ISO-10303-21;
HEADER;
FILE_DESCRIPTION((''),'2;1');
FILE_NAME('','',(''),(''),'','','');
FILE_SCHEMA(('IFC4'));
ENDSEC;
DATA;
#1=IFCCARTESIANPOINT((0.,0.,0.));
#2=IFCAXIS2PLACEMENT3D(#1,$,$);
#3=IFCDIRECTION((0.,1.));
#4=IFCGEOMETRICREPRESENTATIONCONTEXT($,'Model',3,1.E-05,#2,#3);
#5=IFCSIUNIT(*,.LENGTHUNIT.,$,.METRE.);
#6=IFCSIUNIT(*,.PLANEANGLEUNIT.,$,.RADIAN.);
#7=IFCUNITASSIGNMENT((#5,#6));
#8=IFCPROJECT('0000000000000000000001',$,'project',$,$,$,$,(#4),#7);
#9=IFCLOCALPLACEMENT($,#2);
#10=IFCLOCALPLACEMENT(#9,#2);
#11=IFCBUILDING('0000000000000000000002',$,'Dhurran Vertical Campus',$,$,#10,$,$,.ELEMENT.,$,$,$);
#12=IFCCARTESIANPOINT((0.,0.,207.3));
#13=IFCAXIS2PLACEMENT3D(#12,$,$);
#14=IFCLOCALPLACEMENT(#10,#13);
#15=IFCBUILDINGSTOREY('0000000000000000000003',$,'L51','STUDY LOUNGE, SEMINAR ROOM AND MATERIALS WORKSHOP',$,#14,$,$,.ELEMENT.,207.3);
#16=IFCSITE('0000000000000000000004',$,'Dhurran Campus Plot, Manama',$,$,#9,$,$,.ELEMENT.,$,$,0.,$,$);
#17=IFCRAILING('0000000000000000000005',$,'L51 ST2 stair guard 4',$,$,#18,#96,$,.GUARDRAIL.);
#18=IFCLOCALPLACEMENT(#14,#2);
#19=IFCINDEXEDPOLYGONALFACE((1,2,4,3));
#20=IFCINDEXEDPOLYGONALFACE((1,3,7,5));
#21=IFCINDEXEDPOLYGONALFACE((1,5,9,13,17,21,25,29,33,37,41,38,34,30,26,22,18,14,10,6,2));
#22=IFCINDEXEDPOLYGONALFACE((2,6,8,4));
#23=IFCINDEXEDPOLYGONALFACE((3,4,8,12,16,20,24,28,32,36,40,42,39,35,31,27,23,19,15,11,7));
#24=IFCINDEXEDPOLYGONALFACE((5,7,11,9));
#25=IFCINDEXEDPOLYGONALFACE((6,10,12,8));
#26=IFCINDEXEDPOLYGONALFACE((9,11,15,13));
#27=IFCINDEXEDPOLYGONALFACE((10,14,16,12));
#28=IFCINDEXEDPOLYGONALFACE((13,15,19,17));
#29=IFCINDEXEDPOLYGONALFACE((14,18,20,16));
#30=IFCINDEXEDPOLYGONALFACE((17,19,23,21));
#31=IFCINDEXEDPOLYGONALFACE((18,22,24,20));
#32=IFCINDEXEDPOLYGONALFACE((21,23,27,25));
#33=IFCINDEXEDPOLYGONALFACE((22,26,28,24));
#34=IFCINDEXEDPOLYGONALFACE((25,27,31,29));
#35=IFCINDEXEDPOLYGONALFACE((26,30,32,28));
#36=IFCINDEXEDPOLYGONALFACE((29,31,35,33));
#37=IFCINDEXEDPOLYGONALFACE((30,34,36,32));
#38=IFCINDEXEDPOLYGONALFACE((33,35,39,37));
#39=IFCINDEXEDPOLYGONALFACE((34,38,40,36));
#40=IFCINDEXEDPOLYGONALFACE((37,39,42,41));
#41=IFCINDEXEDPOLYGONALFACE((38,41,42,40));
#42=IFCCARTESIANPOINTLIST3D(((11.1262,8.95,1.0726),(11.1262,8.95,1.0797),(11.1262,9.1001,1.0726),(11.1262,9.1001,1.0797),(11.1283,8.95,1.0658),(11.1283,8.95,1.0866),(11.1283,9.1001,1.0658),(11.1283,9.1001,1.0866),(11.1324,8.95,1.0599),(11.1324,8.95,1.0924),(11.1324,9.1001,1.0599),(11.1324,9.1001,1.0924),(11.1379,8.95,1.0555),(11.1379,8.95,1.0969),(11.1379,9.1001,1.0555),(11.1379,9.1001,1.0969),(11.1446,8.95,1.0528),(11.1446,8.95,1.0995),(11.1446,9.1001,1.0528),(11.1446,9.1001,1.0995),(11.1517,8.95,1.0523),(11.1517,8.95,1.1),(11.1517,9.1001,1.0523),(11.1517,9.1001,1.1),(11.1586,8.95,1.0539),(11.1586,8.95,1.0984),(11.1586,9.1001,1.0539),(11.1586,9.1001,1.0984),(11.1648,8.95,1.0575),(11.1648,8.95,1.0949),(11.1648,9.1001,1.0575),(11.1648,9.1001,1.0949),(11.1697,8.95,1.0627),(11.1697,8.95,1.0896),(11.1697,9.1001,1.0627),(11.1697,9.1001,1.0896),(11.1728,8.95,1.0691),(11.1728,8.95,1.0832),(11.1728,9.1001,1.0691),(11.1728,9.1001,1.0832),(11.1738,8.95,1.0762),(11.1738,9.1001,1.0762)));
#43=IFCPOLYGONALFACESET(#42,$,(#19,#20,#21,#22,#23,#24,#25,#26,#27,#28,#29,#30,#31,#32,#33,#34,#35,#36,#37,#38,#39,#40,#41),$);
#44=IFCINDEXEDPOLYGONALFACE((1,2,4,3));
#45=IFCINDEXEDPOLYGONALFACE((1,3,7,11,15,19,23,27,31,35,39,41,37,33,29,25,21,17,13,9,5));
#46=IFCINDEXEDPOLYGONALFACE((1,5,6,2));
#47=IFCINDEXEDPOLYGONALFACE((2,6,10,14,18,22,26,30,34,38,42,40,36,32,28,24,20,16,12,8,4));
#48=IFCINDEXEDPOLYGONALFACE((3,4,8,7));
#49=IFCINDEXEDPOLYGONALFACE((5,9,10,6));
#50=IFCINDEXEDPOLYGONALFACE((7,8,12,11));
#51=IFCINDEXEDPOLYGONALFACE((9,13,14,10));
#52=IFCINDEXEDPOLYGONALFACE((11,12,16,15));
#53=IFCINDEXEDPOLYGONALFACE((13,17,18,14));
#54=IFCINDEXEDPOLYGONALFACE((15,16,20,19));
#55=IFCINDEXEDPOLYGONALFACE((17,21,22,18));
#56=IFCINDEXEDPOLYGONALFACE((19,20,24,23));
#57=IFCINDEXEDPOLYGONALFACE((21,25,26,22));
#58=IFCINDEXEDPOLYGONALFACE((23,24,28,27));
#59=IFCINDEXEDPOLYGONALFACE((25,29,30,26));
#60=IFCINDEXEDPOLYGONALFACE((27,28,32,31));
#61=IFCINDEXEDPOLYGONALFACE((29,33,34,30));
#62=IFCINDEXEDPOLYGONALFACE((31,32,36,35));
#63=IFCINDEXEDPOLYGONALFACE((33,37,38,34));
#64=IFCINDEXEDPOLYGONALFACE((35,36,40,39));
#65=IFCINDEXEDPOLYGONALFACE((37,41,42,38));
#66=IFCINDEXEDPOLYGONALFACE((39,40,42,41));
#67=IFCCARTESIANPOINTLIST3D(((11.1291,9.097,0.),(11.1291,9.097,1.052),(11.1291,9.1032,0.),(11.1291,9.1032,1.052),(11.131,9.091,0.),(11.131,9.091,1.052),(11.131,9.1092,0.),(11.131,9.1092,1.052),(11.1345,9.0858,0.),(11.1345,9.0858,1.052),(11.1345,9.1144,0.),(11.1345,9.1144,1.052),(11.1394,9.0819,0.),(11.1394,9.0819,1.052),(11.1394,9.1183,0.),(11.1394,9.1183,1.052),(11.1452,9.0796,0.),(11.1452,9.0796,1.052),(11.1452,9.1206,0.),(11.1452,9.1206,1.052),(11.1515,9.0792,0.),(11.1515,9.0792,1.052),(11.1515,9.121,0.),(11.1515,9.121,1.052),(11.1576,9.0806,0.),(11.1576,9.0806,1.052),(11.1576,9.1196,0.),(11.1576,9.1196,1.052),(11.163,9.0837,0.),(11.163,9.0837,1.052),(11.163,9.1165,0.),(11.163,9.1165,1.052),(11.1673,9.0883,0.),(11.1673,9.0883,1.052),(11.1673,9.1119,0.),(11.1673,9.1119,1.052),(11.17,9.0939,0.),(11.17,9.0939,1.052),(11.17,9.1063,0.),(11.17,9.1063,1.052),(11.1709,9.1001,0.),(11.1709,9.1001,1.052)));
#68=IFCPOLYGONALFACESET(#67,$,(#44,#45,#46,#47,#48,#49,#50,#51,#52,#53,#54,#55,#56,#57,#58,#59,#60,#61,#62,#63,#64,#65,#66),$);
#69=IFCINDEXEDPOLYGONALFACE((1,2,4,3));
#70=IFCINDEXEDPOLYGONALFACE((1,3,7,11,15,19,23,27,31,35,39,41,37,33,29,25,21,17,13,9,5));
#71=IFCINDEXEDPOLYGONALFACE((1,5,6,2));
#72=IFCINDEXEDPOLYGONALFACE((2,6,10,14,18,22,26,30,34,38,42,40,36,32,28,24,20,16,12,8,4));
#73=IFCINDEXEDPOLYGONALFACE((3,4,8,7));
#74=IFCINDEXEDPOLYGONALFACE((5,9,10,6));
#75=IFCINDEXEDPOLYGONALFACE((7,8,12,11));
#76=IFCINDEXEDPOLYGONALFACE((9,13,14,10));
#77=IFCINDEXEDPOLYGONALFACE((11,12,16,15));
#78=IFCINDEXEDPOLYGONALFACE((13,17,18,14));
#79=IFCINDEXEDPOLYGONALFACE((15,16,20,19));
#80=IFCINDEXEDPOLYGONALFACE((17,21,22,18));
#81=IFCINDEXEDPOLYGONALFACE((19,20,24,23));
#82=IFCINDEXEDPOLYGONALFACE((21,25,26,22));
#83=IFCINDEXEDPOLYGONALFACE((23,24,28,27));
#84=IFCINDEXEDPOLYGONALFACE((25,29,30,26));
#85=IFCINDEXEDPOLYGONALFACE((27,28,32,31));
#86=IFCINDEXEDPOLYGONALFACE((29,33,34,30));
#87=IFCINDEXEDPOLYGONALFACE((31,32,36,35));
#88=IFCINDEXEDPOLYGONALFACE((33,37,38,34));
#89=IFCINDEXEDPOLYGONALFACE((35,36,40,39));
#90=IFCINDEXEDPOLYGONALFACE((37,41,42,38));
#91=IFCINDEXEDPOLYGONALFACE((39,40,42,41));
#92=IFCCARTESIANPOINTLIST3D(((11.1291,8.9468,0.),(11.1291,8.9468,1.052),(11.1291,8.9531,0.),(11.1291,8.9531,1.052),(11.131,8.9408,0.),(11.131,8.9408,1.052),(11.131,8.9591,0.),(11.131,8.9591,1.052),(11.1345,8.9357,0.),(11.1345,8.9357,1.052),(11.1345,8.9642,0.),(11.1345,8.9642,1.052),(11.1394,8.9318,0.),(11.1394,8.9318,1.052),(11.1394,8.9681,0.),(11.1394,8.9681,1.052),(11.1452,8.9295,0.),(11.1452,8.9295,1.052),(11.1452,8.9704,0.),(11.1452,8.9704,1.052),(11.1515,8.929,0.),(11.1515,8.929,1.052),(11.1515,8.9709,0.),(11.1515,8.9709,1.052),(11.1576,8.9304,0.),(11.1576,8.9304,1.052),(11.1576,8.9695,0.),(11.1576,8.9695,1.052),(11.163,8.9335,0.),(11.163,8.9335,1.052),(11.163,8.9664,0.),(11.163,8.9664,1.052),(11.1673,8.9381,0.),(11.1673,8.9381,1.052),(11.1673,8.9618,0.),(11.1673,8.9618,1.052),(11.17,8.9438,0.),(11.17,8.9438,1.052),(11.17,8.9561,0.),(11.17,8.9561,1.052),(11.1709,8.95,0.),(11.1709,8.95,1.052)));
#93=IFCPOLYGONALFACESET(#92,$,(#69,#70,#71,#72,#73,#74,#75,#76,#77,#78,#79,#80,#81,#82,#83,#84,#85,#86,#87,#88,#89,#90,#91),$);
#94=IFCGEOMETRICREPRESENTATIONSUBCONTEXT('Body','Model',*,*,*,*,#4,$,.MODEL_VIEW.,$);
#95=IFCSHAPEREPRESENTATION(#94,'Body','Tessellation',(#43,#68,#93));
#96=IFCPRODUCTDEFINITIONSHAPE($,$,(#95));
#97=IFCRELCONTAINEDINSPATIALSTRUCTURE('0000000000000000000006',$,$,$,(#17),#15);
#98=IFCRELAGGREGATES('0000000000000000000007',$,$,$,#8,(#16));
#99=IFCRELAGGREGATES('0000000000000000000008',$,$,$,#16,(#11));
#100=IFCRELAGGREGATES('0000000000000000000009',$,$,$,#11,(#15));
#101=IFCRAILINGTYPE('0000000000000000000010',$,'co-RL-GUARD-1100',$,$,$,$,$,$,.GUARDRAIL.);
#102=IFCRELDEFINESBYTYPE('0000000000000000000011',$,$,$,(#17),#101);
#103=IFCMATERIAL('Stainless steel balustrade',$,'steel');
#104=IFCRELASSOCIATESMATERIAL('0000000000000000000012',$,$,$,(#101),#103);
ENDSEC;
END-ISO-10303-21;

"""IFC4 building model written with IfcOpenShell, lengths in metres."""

from ifc_helpers import new_model, si_unit, direction, frame, origin, origin_2d, place, context, subcontext, project, spatial, circle, extrude, material, type_object, element, save


model = new_model("IFC4")

# Units and contexts
model_context = context("Model", 3, precision=1e-05, world=origin(), true_north=direction((0.0, 1.0)))
body_context = subcontext(model_context, "Body", "Model", "MODEL_VIEW")
ifc_project = project(units=[si_unit("LENGTHUNIT", "METRE"), si_unit("PLANEANGLEUNIT", "RADIAN")], contexts=[model_context])

# Site, building, storey
site_placement = place(None, origin())
site = spatial("IfcSite", under=ifc_project, at=site_placement, Name="Dhurran Campus Plot, Manama", CompositionType="ELEMENT", RefElevation=0.0)
building_placement = place(site_placement, origin())
building = spatial("IfcBuilding", under=site, at=building_placement, Name="Dhurran Vertical Campus", CompositionType="ELEMENT")
storey_placement = place(building_placement, frame((0.0, 0.0, 207.3)))
storey = spatial("IfcBuildingStorey", under=building, at=storey_placement, Name="L51", Description="STUDY LOUNGE, SEMINAR ROOM AND MATERIALS WORKSHOP", CompositionType="ELEMENT", Elevation=207.3)

# Railing
ifc_material_1 = material(Name="Stainless steel balustrade", Category="steel")
railing_type_1 = type_object("IfcRailingType", Name="co-RL-GUARD-1100", PredefinedType="GUARDRAIL", material=ifc_material_1)
railing_1_placement = place(storey_placement, frame((11.1499, 9.1001, 0.0)))
element("IfcRailing", 1, at=railing_1_placement, inside=storey, type_object=railing_type_1, Name="L51 ST2 stair guard 4", PredefinedType="GUARDRAIL", context=body_context, shape_type="SweptSolid", body=[
    extrude(circle(Radius=0.0239, at=origin_2d()), frame((0.0, 0.0, 1.0762), z_axis=(0.0, -1.0, 0.0), x_axis=(1.0, 0.0, 0.0)), (0.0, 0.0, 1.0), 0.1501),
    extrude(circle(Radius=0.021, at=origin_2d()), origin(), (0.0, 0.0, 1.0), 1.052),
    extrude(circle(Radius=0.021, at=origin_2d()), frame((0.0, -0.1501, 0.0)), (0.0, 0.0, 1.0), 1.052),
])

save(model, "model.ifc")
